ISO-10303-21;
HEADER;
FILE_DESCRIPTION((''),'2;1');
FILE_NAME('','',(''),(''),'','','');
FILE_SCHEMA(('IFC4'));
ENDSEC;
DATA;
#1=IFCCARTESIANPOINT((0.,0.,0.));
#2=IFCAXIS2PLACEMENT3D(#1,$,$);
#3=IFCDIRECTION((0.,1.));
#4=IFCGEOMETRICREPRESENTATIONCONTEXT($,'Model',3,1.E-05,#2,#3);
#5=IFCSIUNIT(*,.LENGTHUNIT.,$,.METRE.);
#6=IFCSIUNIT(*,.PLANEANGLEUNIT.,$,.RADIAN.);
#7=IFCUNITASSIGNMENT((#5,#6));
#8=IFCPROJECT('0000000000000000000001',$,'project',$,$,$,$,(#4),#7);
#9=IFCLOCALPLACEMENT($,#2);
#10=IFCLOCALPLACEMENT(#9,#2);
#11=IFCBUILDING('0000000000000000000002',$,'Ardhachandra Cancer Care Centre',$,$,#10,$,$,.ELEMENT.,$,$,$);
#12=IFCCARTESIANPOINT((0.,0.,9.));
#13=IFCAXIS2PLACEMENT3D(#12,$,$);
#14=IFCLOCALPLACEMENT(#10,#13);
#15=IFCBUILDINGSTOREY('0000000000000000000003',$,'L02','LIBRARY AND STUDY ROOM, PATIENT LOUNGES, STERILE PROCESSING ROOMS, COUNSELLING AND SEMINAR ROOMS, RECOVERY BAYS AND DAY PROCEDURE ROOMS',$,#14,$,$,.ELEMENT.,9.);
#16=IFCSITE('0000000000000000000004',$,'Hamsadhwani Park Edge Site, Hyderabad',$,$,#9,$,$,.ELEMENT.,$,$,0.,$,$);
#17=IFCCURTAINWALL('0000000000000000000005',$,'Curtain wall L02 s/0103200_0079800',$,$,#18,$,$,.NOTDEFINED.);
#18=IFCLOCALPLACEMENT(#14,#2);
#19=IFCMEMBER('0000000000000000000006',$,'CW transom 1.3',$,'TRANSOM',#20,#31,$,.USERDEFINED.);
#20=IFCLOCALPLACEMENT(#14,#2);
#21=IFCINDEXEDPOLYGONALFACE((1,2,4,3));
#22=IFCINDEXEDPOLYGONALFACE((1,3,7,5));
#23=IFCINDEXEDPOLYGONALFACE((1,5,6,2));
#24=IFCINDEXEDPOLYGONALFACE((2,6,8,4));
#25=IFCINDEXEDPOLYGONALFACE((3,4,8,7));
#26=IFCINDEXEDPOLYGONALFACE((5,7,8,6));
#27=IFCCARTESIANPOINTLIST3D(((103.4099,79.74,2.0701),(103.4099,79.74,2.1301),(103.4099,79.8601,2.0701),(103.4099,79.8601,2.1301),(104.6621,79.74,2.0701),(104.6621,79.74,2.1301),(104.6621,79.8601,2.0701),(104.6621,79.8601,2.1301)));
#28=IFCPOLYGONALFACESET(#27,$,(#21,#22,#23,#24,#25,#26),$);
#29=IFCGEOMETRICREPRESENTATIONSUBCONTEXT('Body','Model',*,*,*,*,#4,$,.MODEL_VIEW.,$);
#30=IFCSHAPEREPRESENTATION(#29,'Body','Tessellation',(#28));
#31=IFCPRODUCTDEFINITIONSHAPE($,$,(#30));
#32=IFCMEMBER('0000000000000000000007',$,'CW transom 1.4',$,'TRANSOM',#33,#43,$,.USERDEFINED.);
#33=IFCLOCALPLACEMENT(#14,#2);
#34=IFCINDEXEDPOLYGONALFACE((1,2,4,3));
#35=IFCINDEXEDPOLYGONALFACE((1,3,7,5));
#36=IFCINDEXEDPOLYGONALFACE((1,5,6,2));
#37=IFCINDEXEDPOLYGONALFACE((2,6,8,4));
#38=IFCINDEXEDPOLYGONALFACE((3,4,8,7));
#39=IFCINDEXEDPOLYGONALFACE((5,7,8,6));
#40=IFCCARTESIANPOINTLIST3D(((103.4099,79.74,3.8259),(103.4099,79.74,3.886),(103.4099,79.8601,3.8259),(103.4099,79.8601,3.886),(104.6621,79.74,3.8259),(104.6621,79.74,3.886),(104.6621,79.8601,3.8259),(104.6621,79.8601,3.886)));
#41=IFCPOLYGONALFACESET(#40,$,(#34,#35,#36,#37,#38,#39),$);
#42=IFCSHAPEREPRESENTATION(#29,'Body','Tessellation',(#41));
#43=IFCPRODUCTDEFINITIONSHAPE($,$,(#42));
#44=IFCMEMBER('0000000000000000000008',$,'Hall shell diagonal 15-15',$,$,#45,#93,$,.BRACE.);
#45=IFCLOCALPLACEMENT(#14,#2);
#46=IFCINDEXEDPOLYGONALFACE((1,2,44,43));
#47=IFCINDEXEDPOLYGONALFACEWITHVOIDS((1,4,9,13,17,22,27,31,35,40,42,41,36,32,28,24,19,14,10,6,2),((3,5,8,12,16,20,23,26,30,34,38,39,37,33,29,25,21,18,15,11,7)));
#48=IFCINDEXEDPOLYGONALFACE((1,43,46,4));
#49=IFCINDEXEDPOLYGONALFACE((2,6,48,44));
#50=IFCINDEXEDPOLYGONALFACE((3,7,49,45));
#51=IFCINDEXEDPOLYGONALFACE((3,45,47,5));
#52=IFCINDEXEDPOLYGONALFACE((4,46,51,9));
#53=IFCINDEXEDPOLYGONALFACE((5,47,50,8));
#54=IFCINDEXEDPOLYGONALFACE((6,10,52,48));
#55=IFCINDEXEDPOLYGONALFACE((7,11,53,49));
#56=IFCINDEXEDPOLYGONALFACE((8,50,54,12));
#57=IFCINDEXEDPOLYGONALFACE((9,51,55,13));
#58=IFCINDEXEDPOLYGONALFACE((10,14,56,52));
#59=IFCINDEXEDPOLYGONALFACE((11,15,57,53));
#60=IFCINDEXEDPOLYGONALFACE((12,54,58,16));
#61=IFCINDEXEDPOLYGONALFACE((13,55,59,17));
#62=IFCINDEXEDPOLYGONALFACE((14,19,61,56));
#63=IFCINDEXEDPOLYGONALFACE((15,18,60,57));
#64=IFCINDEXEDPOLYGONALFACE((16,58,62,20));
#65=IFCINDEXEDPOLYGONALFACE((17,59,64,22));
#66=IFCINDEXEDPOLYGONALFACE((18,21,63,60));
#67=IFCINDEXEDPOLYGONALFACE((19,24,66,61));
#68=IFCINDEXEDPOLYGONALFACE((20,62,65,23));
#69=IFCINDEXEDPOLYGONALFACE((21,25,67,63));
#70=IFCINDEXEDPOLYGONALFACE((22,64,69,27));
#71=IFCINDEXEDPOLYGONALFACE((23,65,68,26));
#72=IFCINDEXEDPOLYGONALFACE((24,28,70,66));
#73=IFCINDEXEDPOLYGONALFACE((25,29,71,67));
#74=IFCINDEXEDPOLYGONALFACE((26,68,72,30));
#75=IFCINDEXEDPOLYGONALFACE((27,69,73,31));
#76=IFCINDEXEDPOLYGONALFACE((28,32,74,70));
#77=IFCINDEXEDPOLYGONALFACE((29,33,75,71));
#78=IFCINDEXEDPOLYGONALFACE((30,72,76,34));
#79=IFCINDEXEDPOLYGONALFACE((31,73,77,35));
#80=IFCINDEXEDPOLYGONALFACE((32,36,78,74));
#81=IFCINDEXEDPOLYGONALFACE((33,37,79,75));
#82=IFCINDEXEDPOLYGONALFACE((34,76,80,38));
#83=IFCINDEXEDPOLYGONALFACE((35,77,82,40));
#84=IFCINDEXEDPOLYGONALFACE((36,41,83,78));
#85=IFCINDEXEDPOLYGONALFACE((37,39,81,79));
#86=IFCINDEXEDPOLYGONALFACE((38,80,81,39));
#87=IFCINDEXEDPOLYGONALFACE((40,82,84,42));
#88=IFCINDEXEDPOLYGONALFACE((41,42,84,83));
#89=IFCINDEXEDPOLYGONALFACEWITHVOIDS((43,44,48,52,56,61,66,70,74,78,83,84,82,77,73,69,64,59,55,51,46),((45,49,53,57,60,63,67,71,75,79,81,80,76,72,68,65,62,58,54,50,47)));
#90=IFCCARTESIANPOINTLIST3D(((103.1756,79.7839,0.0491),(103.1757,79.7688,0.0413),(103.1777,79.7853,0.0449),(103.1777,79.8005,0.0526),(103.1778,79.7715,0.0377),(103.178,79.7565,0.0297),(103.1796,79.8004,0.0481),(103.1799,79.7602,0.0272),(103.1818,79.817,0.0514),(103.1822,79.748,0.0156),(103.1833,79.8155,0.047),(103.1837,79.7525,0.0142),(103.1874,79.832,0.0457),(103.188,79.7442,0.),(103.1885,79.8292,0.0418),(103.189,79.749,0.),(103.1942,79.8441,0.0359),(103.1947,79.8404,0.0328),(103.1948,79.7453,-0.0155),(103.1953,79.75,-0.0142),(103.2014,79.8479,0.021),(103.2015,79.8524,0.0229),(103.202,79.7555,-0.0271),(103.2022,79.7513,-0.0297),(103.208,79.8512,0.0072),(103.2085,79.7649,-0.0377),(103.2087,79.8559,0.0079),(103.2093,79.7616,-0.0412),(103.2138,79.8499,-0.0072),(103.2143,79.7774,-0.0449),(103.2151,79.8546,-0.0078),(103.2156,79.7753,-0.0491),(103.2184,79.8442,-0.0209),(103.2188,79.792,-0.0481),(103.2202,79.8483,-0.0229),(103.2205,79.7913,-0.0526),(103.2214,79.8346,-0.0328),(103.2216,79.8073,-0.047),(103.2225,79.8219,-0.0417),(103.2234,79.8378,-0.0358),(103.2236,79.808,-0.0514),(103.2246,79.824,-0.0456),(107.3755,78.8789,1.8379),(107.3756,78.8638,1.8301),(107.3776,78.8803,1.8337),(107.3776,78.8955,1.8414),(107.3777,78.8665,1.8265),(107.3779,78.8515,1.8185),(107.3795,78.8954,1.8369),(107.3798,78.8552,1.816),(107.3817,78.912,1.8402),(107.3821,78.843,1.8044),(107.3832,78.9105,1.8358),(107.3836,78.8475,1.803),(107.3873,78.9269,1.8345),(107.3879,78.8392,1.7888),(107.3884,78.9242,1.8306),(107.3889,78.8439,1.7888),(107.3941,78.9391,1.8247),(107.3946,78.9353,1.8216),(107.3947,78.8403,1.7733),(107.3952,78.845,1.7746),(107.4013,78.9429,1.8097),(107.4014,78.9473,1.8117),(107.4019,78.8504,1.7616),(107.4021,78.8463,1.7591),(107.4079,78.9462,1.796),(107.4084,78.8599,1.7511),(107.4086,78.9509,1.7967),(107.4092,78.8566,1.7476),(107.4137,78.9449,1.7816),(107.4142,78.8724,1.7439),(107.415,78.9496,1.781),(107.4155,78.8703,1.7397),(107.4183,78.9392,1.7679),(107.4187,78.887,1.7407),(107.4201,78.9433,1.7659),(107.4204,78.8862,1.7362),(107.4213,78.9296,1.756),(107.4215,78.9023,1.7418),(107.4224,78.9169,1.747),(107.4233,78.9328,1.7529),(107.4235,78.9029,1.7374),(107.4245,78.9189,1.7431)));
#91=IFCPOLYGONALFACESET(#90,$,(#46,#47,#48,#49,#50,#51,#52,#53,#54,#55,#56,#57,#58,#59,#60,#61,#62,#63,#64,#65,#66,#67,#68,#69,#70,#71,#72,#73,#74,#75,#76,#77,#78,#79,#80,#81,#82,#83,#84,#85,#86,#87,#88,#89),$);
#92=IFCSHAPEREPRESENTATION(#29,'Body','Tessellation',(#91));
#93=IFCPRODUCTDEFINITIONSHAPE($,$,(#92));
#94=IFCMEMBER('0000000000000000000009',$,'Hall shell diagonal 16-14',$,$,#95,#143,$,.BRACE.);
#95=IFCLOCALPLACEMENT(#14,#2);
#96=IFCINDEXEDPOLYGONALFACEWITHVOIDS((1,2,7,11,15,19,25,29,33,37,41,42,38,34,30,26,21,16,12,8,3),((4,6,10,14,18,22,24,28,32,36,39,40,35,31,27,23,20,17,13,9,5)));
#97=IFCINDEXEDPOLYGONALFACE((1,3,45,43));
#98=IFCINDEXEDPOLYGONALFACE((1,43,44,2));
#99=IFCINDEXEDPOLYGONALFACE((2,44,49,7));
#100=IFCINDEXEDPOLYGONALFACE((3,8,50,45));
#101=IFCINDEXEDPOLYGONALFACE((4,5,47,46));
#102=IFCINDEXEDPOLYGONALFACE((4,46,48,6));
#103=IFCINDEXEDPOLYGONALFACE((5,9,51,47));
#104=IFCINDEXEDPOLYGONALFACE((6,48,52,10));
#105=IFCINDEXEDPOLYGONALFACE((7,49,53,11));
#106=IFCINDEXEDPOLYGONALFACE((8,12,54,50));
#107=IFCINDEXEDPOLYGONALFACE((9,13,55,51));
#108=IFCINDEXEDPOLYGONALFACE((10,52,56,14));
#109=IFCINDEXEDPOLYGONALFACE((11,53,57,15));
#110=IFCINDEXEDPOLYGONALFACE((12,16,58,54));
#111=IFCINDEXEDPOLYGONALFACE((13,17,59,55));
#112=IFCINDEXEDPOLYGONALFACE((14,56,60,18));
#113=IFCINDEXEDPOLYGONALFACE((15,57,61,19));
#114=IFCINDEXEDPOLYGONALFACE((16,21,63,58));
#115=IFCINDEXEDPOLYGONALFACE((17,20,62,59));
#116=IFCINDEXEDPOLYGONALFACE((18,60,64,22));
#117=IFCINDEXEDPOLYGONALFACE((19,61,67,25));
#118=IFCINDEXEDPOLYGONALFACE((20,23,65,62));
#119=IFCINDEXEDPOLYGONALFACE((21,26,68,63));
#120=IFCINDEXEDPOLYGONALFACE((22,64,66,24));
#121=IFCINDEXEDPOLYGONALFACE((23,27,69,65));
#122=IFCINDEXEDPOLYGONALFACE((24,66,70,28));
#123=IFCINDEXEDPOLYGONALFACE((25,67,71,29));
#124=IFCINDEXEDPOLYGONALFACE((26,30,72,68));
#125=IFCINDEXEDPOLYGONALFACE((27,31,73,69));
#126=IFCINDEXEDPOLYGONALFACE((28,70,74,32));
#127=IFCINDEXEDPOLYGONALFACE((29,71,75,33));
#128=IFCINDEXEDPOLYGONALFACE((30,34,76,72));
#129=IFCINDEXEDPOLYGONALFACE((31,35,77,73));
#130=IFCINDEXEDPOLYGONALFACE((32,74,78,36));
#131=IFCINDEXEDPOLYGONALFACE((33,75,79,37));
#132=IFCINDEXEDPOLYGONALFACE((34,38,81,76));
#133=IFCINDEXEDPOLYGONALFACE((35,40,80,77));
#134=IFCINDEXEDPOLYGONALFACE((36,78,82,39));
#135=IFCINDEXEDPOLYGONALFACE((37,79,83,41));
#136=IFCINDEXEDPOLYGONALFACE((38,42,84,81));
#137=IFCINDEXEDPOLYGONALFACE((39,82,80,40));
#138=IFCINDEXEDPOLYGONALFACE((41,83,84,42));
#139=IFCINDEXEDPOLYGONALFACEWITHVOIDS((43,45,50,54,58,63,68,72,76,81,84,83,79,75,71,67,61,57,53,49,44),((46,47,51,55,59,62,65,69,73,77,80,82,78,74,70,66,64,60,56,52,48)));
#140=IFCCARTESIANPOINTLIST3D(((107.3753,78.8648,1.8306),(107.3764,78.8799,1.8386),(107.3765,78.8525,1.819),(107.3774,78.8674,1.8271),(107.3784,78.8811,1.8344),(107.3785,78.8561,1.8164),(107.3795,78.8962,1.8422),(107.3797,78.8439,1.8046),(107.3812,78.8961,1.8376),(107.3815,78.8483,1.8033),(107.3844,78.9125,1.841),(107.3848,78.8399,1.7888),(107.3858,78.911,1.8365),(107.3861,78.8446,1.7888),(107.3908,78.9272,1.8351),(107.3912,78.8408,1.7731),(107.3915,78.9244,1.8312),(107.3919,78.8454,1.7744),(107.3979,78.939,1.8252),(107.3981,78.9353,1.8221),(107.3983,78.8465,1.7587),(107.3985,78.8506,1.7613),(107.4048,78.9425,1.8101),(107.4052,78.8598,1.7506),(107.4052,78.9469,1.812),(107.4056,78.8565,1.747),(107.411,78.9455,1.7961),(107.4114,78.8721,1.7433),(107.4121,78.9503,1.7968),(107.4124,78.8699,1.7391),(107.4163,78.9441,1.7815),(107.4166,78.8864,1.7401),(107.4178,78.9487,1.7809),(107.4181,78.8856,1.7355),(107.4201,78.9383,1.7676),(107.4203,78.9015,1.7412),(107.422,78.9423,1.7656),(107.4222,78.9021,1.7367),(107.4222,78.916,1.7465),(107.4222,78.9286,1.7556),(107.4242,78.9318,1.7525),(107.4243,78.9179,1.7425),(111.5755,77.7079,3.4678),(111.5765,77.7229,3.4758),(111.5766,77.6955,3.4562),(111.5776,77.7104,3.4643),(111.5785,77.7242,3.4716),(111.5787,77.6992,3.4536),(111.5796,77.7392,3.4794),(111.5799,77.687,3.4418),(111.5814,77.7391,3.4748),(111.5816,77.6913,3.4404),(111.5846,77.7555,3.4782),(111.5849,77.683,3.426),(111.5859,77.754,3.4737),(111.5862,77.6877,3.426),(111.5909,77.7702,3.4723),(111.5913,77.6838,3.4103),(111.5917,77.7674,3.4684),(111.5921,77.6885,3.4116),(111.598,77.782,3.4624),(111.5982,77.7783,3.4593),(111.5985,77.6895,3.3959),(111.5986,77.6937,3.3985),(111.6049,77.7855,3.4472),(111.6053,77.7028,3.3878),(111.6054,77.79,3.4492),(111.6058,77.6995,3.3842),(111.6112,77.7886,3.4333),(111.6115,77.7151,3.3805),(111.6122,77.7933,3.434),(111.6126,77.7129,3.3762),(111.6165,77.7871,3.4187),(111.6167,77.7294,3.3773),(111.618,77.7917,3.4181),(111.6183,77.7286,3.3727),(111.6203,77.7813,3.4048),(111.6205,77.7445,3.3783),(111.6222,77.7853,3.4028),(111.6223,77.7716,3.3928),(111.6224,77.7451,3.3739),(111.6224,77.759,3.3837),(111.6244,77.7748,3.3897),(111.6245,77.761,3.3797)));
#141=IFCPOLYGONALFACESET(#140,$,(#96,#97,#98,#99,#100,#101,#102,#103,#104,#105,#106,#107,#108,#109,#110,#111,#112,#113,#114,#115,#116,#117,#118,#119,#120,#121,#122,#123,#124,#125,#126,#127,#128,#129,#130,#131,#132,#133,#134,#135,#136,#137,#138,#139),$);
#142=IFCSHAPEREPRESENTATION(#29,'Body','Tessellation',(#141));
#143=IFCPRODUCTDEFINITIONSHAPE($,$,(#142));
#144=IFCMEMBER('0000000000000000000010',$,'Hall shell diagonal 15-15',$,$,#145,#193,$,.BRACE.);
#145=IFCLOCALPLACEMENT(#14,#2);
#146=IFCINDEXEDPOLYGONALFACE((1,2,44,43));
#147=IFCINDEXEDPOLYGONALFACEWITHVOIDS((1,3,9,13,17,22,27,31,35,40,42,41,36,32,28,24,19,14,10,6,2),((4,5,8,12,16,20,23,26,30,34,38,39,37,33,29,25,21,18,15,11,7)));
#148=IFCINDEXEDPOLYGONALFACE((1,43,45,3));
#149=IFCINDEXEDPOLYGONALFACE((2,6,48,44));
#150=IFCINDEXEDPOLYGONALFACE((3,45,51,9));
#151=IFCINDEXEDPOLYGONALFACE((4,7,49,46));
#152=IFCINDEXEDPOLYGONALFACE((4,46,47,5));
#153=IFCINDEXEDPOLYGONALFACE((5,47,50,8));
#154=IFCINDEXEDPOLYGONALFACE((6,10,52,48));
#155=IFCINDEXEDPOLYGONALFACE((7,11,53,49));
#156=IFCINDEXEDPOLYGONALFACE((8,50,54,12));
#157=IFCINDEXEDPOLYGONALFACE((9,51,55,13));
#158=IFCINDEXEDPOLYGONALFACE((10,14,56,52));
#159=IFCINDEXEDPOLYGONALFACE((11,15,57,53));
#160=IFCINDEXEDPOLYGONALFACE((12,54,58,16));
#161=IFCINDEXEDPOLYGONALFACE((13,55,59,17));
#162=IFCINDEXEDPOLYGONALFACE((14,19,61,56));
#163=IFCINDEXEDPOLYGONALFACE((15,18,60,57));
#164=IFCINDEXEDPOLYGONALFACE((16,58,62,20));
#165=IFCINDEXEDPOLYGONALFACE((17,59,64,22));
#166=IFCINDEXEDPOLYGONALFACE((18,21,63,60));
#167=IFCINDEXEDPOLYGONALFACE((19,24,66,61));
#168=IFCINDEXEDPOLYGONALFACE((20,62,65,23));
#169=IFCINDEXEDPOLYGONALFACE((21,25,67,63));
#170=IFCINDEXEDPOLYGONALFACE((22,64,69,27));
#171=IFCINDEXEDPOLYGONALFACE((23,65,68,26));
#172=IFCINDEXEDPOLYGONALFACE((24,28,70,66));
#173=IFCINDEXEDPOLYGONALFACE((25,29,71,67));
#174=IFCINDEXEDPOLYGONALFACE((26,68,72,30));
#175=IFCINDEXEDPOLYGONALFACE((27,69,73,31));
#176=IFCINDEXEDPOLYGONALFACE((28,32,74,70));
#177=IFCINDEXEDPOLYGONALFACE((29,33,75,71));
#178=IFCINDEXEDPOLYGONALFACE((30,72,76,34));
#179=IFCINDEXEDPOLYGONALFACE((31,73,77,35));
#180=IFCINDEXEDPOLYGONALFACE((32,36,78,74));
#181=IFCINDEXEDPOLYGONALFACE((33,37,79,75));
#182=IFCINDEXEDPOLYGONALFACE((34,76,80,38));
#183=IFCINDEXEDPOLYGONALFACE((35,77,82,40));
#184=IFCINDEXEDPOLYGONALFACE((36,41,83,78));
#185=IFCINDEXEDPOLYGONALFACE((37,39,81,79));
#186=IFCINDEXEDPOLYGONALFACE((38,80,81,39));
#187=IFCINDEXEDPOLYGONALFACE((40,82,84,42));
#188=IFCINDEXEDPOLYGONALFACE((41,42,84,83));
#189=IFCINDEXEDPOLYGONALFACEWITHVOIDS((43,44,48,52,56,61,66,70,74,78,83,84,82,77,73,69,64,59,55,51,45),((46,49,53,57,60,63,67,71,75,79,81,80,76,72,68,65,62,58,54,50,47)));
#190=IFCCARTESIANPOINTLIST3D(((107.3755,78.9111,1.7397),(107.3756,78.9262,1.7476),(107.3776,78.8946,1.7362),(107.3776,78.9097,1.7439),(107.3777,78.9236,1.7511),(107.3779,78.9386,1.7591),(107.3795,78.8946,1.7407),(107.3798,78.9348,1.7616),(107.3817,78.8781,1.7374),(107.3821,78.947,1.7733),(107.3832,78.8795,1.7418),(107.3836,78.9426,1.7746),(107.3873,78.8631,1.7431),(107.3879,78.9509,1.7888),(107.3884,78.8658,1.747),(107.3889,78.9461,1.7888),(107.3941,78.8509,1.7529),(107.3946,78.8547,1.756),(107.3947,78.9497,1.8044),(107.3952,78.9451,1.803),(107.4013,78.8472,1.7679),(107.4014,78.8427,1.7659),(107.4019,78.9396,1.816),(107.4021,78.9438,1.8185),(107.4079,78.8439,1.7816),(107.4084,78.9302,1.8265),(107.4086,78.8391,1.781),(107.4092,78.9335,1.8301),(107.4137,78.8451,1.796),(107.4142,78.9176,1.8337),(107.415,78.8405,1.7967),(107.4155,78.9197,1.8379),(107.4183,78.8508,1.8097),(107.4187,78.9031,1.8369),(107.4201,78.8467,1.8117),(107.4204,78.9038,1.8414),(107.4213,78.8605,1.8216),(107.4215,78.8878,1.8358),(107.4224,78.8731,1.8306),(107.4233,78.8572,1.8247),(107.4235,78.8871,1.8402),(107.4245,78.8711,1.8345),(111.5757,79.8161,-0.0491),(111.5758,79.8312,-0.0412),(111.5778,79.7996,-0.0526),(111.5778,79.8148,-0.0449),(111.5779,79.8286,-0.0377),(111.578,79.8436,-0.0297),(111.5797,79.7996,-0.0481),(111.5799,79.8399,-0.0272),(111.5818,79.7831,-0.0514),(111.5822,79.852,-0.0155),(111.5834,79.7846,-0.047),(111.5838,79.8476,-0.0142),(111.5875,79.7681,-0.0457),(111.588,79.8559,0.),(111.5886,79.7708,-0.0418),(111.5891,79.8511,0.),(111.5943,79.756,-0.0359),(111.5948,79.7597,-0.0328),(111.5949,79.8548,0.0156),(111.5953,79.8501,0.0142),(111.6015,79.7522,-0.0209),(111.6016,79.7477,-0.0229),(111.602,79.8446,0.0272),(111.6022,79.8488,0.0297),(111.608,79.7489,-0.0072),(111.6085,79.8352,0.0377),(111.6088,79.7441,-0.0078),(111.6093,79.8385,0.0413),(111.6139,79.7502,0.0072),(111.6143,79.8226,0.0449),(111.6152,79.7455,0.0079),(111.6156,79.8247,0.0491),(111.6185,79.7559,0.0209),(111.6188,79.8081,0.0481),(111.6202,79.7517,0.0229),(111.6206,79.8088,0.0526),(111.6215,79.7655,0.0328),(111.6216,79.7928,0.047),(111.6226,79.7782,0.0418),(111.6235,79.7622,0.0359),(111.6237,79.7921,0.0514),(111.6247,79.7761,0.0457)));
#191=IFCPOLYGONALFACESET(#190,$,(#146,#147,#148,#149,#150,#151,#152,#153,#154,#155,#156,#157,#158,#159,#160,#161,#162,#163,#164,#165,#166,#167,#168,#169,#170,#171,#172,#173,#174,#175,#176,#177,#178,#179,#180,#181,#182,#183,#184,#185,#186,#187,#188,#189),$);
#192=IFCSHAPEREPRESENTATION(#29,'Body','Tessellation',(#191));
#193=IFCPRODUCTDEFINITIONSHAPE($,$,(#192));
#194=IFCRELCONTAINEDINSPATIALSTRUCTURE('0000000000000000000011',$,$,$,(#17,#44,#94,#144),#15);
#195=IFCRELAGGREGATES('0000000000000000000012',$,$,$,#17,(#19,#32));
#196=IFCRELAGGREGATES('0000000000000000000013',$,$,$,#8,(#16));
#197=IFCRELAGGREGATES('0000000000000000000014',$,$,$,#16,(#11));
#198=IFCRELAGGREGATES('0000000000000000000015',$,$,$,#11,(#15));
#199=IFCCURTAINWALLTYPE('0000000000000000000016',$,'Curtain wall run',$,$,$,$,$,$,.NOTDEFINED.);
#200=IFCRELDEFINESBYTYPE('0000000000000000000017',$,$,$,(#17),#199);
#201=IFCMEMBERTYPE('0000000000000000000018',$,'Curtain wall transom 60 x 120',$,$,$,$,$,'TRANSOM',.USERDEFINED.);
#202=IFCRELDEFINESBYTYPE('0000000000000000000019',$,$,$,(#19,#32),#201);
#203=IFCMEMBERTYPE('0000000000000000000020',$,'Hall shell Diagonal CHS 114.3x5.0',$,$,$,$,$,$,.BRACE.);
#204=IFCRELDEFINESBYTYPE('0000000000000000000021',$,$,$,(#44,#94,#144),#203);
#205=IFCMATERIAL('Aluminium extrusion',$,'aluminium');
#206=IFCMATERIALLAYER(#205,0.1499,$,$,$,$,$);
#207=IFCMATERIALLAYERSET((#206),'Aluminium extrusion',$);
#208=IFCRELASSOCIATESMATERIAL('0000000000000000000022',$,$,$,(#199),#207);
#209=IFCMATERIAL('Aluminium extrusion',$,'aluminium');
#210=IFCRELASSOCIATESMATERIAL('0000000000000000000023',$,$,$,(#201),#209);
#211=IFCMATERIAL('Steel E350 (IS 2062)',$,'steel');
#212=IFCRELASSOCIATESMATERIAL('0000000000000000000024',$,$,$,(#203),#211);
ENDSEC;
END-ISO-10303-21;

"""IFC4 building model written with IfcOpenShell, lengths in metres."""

from ifc_helpers import new_model, si_unit, direction, frame, origin, origin_2d, place, context, subcontext, project, spatial, rectangle, hollow_circle, extrude, material, layer, layer_set, material_profile, profile_set, type_object, element, aggregate, save


model = new_model("IFC4")

# Units and contexts
model_context = context("Model", 3, precision=1e-05, world=origin(), true_north=direction((0.0, 1.0)))
body_context = subcontext(model_context, "Body", "Model", "MODEL_VIEW")
ifc_project = project(units=[si_unit("LENGTHUNIT", "METRE"), si_unit("PLANEANGLEUNIT", "RADIAN")], contexts=[model_context])

# Site, building, storey
site_placement = place(None, origin())
site = spatial("IfcSite", under=ifc_project, at=site_placement, Name="Hamsadhwani Park Edge Site, Hyderabad", CompositionType="ELEMENT", RefElevation=0.0)
building_placement = place(site_placement, origin())
building = spatial("IfcBuilding", under=site, at=building_placement, Name="Ardhachandra Cancer Care Centre", CompositionType="ELEMENT")
storey_placement = place(building_placement, frame((0.0, 0.0, 9.0)))
storey = spatial("IfcBuildingStorey", under=building, at=storey_placement, Name="L02", Description="LIBRARY AND STUDY ROOM, PATIENT LOUNGES, STERILE PROCESSING ROOMS, COUNSELLING AND SEMINAR ROOMS, RECOVERY BAYS AND DAY PROCEDURE ROOMS", CompositionType="ELEMENT", Elevation=9.0)

# Curtain wall, members
ifc_material_1 = material(Name="Aluminium extrusion", Category="aluminium")
ifc_layer_1 = layer(ifc_material_1, 0.1499)
ifc_layer_set_1 = layer_set([ifc_layer_1], Name="Aluminium extrusion")
curtain_wall_type = type_object("IfcCurtainWallType", Name="Curtain wall run", PredefinedType="NOTDEFINED", material=ifc_layer_set_1)
curtain_wall_placement = place(storey_placement, origin())
curtain_wall = element("IfcCurtainWall", 1, at=curtain_wall_placement, inside=storey, type_object=curtain_wall_type, Name="Curtain wall L02 s/0103200_0079800", PredefinedType="NOTDEFINED")
ifc_material_2 = material(Name="Aluminium extrusion", Category="aluminium")
ifc_material_profile_1 = material_profile(ifc_material_2, rectangle(XDim=0.1201, YDim=0.0601, at=origin_2d()), Name="Curtain wall transom 60 x 120")
ifc_profile_set_1 = profile_set([ifc_material_profile_1], Name="Aluminium extrusion")
member_type_1 = type_object("IfcMemberType", Name="Curtain wall transom 60 x 120", ElementType="TRANSOM", PredefinedType="USERDEFINED", material=ifc_profile_set_1)
member_1_placement = place(storey_placement, frame((103.4099, 79.8, 2.1001), z_axis=(1.0, 0.0, 0.0), x_axis=(0.0, 1.0, 0.0)))
member_1 = element("IfcMember", 2, at=member_1_placement, type_object=member_type_1, Name="CW transom 1.3", ObjectType="TRANSOM", PredefinedType="USERDEFINED", context=body_context, shape_type="SweptSolid", body=[
    extrude(rectangle(XDim=0.1201, YDim=0.0601, at=origin_2d()), origin(), (0.0, 0.0, 1.0), 1.2522),
])
member_2_placement = place(storey_placement, frame((103.4099, 79.8, 3.856), z_axis=(1.0, 0.0, 0.0), x_axis=(0.0, 1.0, 0.0)))
member_2 = element("IfcMember", 3, at=member_2_placement, type_object=member_type_1, Name="CW transom 1.4", ObjectType="TRANSOM", PredefinedType="USERDEFINED", context=body_context, shape_type="SweptSolid", body=[
    extrude(rectangle(XDim=0.1201, YDim=0.0601, at=origin_2d()), origin(), (0.0, 0.0, 1.0), 1.2522),
])

# Members
ifc_material_3 = material(Name="Steel E350 (IS 2062)", Category="steel")
ifc_material_profile_2 = material_profile(ifc_material_3, hollow_circle(Radius=0.0571, WallThickness=0.0049, at=origin_2d()), Name="CHS 114.3x5.0")
ifc_profile_set_2 = profile_set([ifc_material_profile_2], Name="Steel E350 (IS 2062)")
member_type_2 = type_object("IfcMemberType", Name="Hall shell Diagonal CHS 114.3x5.0", PredefinedType="BRACE", material=ifc_profile_set_2)
member_3_placement = place(storey_placement, frame((107.3999, 78.895, 1.7888), z_axis=(-0.902464, 0.194468, -0.384372), x_axis=(-0.21065, -0.977561, 0.0)))
element("IfcMember", 4, at=member_3_placement, inside=storey, type_object=member_type_2, Name="Hall shell diagonal 15-15", PredefinedType="BRACE", context=body_context, shape_type="SweptSolid", body=[
    extrude(hollow_circle(Radius=0.0571, WallThickness=0.0049, at=origin_2d()), origin(), (0.0, 0.0, 1.0), 4.6538),
])
for number, where, z_axis, x_axis, name in (
    (5, (111.6001, 77.738, 3.426), (-0.902471, 0.248594, -0.351777), (-0.265568, -0.964092, 0.0), "Hall shell diagonal 16-14"),
    (6, (107.3999, 78.895, 1.7888), (0.902473, 0.194459, -0.384354), (-0.210639, 0.977564, 0.0), "Hall shell diagonal 15-15"),
):
    element("IfcMember", number, at=place(storey_placement, frame(where, z_axis=z_axis, x_axis=x_axis)), inside=storey, type_object=member_type_2, Name=name, PredefinedType="BRACE", context=body_context, shape_type="SweptSolid", body=[
        extrude(hollow_circle(Radius=0.0571, WallThickness=0.0049, at=origin_2d()), origin(), (0.0, 0.0, 1.0), 4.6541),
    ])

aggregate(curtain_wall, [member_1, member_2])

save(model, "model.ifc")
